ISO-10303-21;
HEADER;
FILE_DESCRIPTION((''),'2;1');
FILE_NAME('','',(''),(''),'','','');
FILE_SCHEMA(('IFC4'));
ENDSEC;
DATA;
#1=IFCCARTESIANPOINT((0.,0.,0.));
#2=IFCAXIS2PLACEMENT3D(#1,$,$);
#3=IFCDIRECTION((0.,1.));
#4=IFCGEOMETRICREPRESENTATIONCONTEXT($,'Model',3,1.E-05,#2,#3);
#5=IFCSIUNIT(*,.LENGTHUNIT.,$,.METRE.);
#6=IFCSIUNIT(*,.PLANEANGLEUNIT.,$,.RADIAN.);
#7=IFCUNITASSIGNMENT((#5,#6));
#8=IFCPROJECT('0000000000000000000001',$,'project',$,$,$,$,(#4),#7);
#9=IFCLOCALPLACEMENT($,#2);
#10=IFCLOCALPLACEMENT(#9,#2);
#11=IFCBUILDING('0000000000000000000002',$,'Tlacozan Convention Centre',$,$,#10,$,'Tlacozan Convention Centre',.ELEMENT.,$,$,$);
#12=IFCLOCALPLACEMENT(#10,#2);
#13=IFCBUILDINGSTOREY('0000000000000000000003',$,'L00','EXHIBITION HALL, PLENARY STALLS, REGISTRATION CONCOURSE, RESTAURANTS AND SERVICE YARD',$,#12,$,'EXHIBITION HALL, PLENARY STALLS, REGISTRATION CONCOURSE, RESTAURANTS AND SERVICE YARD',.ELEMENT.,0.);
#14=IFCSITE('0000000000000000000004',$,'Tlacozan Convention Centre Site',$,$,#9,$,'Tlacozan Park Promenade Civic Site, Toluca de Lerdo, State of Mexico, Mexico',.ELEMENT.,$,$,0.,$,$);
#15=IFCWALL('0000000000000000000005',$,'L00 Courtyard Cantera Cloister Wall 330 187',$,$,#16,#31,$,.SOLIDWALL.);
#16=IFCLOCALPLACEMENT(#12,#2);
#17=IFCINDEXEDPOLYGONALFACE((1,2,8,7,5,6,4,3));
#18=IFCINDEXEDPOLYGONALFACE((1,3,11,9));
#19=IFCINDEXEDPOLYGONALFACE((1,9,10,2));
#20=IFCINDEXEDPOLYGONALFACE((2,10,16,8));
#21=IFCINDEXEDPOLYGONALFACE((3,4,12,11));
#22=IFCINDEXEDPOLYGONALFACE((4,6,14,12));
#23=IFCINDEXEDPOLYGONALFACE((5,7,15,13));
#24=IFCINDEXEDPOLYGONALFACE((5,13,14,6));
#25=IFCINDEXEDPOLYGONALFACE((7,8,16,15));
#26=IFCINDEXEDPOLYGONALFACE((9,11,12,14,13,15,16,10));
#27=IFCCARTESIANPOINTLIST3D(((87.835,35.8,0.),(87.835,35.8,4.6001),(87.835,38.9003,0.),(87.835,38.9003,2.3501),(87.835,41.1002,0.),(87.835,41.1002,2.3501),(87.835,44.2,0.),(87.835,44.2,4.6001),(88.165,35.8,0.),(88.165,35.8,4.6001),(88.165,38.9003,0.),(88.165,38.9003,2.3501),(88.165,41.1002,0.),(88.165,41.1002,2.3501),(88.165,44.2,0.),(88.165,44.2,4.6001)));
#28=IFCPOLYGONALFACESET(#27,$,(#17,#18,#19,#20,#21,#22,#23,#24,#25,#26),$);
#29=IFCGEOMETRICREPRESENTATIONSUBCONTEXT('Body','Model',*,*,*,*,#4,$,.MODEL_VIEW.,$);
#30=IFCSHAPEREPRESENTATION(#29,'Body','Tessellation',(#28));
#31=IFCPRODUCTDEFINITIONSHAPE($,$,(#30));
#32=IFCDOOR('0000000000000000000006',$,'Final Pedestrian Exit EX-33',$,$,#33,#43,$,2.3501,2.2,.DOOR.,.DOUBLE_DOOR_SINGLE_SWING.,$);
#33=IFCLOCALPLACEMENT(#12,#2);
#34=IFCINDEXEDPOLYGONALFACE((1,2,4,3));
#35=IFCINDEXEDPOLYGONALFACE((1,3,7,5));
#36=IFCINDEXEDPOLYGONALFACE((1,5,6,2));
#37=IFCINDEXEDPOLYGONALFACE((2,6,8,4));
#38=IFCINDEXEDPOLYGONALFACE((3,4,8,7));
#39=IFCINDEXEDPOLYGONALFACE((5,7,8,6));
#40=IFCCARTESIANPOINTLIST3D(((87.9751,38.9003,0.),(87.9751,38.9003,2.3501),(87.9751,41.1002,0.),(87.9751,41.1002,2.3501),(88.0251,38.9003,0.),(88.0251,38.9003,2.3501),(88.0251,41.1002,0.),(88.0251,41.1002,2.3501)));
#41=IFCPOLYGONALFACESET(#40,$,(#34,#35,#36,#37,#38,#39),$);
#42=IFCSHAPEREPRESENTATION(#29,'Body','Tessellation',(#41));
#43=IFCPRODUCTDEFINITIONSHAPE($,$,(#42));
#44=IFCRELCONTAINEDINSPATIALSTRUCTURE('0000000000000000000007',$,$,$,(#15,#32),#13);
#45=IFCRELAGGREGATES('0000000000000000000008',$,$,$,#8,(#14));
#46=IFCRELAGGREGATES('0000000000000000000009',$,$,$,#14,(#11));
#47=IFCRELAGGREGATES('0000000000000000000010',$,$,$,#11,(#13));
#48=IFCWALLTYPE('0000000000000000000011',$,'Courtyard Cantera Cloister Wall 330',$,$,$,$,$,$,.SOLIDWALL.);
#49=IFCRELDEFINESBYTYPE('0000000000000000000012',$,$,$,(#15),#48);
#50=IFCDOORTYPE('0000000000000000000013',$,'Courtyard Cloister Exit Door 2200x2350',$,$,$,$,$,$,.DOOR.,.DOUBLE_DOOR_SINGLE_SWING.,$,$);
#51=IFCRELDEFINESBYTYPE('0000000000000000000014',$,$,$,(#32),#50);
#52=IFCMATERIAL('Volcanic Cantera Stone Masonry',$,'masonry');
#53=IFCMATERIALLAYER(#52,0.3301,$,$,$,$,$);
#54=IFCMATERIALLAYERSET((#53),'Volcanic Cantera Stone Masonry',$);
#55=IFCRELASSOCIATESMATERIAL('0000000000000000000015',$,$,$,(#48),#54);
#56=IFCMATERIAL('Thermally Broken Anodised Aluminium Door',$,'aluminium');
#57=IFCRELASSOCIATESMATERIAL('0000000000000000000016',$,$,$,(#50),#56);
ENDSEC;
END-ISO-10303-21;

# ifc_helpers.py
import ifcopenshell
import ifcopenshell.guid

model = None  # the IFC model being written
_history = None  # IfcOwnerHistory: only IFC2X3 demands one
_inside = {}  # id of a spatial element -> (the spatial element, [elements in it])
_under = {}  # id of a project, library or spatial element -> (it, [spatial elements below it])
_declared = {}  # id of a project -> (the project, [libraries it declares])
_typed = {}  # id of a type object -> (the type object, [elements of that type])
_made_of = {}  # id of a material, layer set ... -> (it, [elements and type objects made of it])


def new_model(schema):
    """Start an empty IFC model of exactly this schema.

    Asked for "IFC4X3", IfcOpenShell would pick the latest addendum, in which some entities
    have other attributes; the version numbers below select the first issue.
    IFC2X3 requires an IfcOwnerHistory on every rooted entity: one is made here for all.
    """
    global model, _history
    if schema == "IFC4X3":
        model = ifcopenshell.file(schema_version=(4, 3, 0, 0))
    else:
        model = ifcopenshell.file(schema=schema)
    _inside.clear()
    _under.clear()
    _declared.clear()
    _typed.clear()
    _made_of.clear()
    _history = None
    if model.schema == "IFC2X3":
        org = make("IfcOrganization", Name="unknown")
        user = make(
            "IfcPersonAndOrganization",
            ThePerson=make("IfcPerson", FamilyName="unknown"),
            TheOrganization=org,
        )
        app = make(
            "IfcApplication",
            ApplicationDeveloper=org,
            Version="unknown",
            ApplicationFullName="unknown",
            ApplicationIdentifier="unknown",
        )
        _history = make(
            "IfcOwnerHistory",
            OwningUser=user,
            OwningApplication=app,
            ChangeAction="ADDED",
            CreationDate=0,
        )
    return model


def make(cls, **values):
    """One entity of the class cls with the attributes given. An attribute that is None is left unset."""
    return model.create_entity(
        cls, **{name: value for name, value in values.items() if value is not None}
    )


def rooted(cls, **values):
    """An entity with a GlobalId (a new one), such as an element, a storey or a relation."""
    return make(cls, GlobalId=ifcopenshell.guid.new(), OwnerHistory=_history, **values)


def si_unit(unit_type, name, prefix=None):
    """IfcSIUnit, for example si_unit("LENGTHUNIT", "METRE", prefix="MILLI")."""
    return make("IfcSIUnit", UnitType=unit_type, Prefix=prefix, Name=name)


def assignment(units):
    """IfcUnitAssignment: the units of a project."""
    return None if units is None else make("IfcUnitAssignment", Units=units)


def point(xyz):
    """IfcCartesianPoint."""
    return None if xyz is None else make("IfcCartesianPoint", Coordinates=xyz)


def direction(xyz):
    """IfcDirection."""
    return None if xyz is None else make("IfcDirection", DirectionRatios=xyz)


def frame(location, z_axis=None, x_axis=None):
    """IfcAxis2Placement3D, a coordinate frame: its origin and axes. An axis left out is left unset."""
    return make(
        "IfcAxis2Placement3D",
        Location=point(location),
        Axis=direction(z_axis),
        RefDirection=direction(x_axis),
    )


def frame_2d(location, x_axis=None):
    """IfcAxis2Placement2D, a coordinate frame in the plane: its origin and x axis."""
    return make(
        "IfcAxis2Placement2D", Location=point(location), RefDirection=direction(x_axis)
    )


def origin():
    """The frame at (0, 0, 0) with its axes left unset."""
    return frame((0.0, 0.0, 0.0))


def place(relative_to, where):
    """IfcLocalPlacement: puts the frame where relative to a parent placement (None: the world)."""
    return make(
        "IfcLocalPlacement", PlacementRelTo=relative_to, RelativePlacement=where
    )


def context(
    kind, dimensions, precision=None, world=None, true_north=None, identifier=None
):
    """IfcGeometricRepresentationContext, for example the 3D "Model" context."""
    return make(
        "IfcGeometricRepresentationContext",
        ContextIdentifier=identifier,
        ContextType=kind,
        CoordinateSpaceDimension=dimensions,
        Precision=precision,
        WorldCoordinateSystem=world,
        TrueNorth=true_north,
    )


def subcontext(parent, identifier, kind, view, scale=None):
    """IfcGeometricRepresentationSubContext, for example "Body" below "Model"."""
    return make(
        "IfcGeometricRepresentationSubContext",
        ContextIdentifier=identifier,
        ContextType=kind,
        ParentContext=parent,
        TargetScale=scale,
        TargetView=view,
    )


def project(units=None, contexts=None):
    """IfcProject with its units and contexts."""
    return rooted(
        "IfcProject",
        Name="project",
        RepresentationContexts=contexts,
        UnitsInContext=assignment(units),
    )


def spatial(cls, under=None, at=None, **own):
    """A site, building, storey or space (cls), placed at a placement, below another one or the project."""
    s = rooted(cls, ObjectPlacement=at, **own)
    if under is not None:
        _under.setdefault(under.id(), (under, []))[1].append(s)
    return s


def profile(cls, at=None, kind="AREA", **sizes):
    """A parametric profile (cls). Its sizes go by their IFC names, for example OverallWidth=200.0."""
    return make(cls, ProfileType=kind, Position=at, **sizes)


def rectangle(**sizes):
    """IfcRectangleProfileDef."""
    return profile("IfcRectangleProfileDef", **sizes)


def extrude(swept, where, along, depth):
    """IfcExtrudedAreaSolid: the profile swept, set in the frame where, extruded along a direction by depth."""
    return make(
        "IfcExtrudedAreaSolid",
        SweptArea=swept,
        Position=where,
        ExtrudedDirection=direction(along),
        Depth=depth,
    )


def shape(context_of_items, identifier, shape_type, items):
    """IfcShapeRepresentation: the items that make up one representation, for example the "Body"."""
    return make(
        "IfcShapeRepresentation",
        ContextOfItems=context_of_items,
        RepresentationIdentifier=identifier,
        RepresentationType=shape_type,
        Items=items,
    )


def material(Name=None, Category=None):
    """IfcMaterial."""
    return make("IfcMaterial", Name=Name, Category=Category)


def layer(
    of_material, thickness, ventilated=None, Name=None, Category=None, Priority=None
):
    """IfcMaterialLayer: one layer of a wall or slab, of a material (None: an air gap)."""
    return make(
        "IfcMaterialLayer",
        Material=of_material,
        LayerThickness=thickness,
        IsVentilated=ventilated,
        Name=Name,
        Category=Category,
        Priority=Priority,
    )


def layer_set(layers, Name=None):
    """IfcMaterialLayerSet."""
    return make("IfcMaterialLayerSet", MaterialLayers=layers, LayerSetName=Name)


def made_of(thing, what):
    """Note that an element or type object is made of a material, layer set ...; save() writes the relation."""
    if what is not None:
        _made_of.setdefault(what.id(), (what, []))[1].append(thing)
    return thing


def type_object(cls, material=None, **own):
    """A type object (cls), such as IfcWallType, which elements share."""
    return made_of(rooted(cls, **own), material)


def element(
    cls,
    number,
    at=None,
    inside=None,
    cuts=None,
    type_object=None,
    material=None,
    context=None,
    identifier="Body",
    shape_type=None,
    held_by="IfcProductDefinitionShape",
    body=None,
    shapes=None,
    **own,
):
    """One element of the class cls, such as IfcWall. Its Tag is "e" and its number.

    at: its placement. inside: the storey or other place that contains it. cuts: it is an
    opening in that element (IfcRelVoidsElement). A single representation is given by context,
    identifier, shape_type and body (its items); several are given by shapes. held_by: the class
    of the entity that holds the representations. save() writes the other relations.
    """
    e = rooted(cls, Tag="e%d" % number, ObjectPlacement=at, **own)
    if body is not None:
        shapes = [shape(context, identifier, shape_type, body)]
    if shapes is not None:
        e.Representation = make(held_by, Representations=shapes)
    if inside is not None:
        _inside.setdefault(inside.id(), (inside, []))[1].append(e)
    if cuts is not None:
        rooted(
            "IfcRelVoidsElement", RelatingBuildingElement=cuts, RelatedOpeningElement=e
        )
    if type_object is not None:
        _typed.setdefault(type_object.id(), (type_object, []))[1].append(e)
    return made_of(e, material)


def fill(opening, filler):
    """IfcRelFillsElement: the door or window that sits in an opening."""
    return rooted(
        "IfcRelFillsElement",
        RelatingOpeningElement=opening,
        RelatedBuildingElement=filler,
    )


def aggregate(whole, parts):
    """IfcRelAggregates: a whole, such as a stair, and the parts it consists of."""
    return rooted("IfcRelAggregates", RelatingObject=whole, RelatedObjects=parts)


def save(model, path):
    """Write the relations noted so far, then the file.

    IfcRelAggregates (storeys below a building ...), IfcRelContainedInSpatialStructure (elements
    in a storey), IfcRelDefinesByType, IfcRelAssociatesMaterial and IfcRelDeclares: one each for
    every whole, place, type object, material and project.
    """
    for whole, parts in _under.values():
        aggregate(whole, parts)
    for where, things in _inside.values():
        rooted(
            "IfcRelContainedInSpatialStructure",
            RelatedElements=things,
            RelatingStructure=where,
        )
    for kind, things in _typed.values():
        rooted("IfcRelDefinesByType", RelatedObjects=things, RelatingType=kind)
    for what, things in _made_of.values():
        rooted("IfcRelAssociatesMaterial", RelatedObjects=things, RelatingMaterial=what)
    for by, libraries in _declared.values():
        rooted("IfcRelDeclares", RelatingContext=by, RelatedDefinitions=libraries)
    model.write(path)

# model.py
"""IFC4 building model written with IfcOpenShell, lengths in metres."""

from ifc_helpers import new_model, si_unit, direction, frame, frame_2d, origin, place, context, subcontext, project, spatial, rectangle, extrude, material, layer, layer_set, type_object, element, fill, save


model = new_model("IFC4")

# Units and contexts
model_context = context("Model", 3, precision=1e-05, world=origin(), true_north=direction((0.0, 1.0)))
body_context = subcontext(model_context, "Body", "Model", "MODEL_VIEW")
ifc_project = project(units=[si_unit("LENGTHUNIT", "METRE"), si_unit("PLANEANGLEUNIT", "RADIAN")], contexts=[model_context])

# Site, building, storey
site_placement = place(None, origin())
site = spatial("IfcSite", under=ifc_project, at=site_placement, Name="Tlacozan Convention Centre Site", LongName="Tlacozan Park Promenade Civic Site, Toluca de Lerdo, State of Mexico, Mexico", CompositionType="ELEMENT", RefElevation=0.0)
building_placement = place(site_placement, origin())
building = spatial("IfcBuilding", under=site, at=building_placement, Name="Tlacozan Convention Centre", LongName="Tlacozan Convention Centre", CompositionType="ELEMENT")
storey_placement = place(building_placement, origin())
storey = spatial("IfcBuildingStorey", under=building, at=storey_placement, Name="L00", Description="EXHIBITION HALL, PLENARY STALLS, REGISTRATION CONCOURSE, RESTAURANTS AND SERVICE YARD", LongName="EXHIBITION HALL, PLENARY STALLS, REGISTRATION CONCOURSE, RESTAURANTS AND SERVICE YARD", CompositionType="ELEMENT", Elevation=0.0)

# Wall, opening, door
ifc_material_1 = material(Name="Volcanic Cantera Stone Masonry", Category="masonry")
ifc_layer_1 = layer(ifc_material_1, 0.3301)
ifc_layer_set_1 = layer_set([ifc_layer_1], Name="Volcanic Cantera Stone Masonry")
wall_type = type_object("IfcWallType", Name="Courtyard Cantera Cloister Wall 330", PredefinedType="SOLIDWALL", material=ifc_layer_set_1)
ifc_material_2 = material(Name="Thermally Broken Anodised Aluminium Door", Category="aluminium")
door_type = type_object("IfcDoorType", Name="Courtyard Cloister Exit Door 2200x2350", OperationType="DOUBLE_DOOR_SINGLE_SWING", PredefinedType="DOOR", material=ifc_material_2)
wall_1_placement = place(storey_placement, frame((88.0, 35.8, 0.0), z_axis=(0.0, 0.0, 1.0), x_axis=(0.0, 1.0, 0.0)))
wall_1 = element("IfcWall", 1, at=wall_1_placement, inside=storey, type_object=wall_type, Name="L00 Courtyard Cantera Cloister Wall 330 187", PredefinedType="SOLIDWALL", context=body_context, shape_type="SweptSolid", body=[
    extrude(rectangle(XDim=8.3999, YDim=0.3301, at=frame_2d((4.2, 0.0))), origin(), (0.0, 0.0, 1.0), 4.6001),
])
opening_1_placement = place(wall_1_placement, frame((3.1001, 0.0, 0.0)))
opening_1 = element("IfcOpeningElement", 2, at=opening_1_placement, cuts=wall_1, PredefinedType="OPENING", context=body_context, shape_type="SweptSolid", body=[
    extrude(rectangle(XDim=2.2, YDim=2.3501, at=frame_2d((1.1001, 1.175))), frame((0.0, 0.175, 0.0), z_axis=(0.0, -1.0, 0.0), x_axis=(1.0, 0.0, 0.0)), (0.0, 0.0, 1.0), 0.3501),
])
door_1_placement = place(opening_1_placement, origin())
door_1 = element("IfcDoor", 3, at=door_1_placement, inside=storey, type_object=door_type, Name="Final Pedestrian Exit EX-33", OperationType="DOUBLE_DOOR_SINGLE_SWING", OverallHeight=2.3501, OverallWidth=2.2, PredefinedType="DOOR", context=body_context, shape_type="SweptSolid", body=[
    extrude(rectangle(XDim=2.2, YDim=2.3501, at=frame_2d((1.1001, 1.175))), frame((0.0, 0.0249, 0.0), z_axis=(0.0, -1.0, 0.0), x_axis=(1.0, 0.0, 0.0)), (0.0, 0.0, 1.0), 0.05),
])
fill(opening_1, door_1)

save(model, "model.ifc")
